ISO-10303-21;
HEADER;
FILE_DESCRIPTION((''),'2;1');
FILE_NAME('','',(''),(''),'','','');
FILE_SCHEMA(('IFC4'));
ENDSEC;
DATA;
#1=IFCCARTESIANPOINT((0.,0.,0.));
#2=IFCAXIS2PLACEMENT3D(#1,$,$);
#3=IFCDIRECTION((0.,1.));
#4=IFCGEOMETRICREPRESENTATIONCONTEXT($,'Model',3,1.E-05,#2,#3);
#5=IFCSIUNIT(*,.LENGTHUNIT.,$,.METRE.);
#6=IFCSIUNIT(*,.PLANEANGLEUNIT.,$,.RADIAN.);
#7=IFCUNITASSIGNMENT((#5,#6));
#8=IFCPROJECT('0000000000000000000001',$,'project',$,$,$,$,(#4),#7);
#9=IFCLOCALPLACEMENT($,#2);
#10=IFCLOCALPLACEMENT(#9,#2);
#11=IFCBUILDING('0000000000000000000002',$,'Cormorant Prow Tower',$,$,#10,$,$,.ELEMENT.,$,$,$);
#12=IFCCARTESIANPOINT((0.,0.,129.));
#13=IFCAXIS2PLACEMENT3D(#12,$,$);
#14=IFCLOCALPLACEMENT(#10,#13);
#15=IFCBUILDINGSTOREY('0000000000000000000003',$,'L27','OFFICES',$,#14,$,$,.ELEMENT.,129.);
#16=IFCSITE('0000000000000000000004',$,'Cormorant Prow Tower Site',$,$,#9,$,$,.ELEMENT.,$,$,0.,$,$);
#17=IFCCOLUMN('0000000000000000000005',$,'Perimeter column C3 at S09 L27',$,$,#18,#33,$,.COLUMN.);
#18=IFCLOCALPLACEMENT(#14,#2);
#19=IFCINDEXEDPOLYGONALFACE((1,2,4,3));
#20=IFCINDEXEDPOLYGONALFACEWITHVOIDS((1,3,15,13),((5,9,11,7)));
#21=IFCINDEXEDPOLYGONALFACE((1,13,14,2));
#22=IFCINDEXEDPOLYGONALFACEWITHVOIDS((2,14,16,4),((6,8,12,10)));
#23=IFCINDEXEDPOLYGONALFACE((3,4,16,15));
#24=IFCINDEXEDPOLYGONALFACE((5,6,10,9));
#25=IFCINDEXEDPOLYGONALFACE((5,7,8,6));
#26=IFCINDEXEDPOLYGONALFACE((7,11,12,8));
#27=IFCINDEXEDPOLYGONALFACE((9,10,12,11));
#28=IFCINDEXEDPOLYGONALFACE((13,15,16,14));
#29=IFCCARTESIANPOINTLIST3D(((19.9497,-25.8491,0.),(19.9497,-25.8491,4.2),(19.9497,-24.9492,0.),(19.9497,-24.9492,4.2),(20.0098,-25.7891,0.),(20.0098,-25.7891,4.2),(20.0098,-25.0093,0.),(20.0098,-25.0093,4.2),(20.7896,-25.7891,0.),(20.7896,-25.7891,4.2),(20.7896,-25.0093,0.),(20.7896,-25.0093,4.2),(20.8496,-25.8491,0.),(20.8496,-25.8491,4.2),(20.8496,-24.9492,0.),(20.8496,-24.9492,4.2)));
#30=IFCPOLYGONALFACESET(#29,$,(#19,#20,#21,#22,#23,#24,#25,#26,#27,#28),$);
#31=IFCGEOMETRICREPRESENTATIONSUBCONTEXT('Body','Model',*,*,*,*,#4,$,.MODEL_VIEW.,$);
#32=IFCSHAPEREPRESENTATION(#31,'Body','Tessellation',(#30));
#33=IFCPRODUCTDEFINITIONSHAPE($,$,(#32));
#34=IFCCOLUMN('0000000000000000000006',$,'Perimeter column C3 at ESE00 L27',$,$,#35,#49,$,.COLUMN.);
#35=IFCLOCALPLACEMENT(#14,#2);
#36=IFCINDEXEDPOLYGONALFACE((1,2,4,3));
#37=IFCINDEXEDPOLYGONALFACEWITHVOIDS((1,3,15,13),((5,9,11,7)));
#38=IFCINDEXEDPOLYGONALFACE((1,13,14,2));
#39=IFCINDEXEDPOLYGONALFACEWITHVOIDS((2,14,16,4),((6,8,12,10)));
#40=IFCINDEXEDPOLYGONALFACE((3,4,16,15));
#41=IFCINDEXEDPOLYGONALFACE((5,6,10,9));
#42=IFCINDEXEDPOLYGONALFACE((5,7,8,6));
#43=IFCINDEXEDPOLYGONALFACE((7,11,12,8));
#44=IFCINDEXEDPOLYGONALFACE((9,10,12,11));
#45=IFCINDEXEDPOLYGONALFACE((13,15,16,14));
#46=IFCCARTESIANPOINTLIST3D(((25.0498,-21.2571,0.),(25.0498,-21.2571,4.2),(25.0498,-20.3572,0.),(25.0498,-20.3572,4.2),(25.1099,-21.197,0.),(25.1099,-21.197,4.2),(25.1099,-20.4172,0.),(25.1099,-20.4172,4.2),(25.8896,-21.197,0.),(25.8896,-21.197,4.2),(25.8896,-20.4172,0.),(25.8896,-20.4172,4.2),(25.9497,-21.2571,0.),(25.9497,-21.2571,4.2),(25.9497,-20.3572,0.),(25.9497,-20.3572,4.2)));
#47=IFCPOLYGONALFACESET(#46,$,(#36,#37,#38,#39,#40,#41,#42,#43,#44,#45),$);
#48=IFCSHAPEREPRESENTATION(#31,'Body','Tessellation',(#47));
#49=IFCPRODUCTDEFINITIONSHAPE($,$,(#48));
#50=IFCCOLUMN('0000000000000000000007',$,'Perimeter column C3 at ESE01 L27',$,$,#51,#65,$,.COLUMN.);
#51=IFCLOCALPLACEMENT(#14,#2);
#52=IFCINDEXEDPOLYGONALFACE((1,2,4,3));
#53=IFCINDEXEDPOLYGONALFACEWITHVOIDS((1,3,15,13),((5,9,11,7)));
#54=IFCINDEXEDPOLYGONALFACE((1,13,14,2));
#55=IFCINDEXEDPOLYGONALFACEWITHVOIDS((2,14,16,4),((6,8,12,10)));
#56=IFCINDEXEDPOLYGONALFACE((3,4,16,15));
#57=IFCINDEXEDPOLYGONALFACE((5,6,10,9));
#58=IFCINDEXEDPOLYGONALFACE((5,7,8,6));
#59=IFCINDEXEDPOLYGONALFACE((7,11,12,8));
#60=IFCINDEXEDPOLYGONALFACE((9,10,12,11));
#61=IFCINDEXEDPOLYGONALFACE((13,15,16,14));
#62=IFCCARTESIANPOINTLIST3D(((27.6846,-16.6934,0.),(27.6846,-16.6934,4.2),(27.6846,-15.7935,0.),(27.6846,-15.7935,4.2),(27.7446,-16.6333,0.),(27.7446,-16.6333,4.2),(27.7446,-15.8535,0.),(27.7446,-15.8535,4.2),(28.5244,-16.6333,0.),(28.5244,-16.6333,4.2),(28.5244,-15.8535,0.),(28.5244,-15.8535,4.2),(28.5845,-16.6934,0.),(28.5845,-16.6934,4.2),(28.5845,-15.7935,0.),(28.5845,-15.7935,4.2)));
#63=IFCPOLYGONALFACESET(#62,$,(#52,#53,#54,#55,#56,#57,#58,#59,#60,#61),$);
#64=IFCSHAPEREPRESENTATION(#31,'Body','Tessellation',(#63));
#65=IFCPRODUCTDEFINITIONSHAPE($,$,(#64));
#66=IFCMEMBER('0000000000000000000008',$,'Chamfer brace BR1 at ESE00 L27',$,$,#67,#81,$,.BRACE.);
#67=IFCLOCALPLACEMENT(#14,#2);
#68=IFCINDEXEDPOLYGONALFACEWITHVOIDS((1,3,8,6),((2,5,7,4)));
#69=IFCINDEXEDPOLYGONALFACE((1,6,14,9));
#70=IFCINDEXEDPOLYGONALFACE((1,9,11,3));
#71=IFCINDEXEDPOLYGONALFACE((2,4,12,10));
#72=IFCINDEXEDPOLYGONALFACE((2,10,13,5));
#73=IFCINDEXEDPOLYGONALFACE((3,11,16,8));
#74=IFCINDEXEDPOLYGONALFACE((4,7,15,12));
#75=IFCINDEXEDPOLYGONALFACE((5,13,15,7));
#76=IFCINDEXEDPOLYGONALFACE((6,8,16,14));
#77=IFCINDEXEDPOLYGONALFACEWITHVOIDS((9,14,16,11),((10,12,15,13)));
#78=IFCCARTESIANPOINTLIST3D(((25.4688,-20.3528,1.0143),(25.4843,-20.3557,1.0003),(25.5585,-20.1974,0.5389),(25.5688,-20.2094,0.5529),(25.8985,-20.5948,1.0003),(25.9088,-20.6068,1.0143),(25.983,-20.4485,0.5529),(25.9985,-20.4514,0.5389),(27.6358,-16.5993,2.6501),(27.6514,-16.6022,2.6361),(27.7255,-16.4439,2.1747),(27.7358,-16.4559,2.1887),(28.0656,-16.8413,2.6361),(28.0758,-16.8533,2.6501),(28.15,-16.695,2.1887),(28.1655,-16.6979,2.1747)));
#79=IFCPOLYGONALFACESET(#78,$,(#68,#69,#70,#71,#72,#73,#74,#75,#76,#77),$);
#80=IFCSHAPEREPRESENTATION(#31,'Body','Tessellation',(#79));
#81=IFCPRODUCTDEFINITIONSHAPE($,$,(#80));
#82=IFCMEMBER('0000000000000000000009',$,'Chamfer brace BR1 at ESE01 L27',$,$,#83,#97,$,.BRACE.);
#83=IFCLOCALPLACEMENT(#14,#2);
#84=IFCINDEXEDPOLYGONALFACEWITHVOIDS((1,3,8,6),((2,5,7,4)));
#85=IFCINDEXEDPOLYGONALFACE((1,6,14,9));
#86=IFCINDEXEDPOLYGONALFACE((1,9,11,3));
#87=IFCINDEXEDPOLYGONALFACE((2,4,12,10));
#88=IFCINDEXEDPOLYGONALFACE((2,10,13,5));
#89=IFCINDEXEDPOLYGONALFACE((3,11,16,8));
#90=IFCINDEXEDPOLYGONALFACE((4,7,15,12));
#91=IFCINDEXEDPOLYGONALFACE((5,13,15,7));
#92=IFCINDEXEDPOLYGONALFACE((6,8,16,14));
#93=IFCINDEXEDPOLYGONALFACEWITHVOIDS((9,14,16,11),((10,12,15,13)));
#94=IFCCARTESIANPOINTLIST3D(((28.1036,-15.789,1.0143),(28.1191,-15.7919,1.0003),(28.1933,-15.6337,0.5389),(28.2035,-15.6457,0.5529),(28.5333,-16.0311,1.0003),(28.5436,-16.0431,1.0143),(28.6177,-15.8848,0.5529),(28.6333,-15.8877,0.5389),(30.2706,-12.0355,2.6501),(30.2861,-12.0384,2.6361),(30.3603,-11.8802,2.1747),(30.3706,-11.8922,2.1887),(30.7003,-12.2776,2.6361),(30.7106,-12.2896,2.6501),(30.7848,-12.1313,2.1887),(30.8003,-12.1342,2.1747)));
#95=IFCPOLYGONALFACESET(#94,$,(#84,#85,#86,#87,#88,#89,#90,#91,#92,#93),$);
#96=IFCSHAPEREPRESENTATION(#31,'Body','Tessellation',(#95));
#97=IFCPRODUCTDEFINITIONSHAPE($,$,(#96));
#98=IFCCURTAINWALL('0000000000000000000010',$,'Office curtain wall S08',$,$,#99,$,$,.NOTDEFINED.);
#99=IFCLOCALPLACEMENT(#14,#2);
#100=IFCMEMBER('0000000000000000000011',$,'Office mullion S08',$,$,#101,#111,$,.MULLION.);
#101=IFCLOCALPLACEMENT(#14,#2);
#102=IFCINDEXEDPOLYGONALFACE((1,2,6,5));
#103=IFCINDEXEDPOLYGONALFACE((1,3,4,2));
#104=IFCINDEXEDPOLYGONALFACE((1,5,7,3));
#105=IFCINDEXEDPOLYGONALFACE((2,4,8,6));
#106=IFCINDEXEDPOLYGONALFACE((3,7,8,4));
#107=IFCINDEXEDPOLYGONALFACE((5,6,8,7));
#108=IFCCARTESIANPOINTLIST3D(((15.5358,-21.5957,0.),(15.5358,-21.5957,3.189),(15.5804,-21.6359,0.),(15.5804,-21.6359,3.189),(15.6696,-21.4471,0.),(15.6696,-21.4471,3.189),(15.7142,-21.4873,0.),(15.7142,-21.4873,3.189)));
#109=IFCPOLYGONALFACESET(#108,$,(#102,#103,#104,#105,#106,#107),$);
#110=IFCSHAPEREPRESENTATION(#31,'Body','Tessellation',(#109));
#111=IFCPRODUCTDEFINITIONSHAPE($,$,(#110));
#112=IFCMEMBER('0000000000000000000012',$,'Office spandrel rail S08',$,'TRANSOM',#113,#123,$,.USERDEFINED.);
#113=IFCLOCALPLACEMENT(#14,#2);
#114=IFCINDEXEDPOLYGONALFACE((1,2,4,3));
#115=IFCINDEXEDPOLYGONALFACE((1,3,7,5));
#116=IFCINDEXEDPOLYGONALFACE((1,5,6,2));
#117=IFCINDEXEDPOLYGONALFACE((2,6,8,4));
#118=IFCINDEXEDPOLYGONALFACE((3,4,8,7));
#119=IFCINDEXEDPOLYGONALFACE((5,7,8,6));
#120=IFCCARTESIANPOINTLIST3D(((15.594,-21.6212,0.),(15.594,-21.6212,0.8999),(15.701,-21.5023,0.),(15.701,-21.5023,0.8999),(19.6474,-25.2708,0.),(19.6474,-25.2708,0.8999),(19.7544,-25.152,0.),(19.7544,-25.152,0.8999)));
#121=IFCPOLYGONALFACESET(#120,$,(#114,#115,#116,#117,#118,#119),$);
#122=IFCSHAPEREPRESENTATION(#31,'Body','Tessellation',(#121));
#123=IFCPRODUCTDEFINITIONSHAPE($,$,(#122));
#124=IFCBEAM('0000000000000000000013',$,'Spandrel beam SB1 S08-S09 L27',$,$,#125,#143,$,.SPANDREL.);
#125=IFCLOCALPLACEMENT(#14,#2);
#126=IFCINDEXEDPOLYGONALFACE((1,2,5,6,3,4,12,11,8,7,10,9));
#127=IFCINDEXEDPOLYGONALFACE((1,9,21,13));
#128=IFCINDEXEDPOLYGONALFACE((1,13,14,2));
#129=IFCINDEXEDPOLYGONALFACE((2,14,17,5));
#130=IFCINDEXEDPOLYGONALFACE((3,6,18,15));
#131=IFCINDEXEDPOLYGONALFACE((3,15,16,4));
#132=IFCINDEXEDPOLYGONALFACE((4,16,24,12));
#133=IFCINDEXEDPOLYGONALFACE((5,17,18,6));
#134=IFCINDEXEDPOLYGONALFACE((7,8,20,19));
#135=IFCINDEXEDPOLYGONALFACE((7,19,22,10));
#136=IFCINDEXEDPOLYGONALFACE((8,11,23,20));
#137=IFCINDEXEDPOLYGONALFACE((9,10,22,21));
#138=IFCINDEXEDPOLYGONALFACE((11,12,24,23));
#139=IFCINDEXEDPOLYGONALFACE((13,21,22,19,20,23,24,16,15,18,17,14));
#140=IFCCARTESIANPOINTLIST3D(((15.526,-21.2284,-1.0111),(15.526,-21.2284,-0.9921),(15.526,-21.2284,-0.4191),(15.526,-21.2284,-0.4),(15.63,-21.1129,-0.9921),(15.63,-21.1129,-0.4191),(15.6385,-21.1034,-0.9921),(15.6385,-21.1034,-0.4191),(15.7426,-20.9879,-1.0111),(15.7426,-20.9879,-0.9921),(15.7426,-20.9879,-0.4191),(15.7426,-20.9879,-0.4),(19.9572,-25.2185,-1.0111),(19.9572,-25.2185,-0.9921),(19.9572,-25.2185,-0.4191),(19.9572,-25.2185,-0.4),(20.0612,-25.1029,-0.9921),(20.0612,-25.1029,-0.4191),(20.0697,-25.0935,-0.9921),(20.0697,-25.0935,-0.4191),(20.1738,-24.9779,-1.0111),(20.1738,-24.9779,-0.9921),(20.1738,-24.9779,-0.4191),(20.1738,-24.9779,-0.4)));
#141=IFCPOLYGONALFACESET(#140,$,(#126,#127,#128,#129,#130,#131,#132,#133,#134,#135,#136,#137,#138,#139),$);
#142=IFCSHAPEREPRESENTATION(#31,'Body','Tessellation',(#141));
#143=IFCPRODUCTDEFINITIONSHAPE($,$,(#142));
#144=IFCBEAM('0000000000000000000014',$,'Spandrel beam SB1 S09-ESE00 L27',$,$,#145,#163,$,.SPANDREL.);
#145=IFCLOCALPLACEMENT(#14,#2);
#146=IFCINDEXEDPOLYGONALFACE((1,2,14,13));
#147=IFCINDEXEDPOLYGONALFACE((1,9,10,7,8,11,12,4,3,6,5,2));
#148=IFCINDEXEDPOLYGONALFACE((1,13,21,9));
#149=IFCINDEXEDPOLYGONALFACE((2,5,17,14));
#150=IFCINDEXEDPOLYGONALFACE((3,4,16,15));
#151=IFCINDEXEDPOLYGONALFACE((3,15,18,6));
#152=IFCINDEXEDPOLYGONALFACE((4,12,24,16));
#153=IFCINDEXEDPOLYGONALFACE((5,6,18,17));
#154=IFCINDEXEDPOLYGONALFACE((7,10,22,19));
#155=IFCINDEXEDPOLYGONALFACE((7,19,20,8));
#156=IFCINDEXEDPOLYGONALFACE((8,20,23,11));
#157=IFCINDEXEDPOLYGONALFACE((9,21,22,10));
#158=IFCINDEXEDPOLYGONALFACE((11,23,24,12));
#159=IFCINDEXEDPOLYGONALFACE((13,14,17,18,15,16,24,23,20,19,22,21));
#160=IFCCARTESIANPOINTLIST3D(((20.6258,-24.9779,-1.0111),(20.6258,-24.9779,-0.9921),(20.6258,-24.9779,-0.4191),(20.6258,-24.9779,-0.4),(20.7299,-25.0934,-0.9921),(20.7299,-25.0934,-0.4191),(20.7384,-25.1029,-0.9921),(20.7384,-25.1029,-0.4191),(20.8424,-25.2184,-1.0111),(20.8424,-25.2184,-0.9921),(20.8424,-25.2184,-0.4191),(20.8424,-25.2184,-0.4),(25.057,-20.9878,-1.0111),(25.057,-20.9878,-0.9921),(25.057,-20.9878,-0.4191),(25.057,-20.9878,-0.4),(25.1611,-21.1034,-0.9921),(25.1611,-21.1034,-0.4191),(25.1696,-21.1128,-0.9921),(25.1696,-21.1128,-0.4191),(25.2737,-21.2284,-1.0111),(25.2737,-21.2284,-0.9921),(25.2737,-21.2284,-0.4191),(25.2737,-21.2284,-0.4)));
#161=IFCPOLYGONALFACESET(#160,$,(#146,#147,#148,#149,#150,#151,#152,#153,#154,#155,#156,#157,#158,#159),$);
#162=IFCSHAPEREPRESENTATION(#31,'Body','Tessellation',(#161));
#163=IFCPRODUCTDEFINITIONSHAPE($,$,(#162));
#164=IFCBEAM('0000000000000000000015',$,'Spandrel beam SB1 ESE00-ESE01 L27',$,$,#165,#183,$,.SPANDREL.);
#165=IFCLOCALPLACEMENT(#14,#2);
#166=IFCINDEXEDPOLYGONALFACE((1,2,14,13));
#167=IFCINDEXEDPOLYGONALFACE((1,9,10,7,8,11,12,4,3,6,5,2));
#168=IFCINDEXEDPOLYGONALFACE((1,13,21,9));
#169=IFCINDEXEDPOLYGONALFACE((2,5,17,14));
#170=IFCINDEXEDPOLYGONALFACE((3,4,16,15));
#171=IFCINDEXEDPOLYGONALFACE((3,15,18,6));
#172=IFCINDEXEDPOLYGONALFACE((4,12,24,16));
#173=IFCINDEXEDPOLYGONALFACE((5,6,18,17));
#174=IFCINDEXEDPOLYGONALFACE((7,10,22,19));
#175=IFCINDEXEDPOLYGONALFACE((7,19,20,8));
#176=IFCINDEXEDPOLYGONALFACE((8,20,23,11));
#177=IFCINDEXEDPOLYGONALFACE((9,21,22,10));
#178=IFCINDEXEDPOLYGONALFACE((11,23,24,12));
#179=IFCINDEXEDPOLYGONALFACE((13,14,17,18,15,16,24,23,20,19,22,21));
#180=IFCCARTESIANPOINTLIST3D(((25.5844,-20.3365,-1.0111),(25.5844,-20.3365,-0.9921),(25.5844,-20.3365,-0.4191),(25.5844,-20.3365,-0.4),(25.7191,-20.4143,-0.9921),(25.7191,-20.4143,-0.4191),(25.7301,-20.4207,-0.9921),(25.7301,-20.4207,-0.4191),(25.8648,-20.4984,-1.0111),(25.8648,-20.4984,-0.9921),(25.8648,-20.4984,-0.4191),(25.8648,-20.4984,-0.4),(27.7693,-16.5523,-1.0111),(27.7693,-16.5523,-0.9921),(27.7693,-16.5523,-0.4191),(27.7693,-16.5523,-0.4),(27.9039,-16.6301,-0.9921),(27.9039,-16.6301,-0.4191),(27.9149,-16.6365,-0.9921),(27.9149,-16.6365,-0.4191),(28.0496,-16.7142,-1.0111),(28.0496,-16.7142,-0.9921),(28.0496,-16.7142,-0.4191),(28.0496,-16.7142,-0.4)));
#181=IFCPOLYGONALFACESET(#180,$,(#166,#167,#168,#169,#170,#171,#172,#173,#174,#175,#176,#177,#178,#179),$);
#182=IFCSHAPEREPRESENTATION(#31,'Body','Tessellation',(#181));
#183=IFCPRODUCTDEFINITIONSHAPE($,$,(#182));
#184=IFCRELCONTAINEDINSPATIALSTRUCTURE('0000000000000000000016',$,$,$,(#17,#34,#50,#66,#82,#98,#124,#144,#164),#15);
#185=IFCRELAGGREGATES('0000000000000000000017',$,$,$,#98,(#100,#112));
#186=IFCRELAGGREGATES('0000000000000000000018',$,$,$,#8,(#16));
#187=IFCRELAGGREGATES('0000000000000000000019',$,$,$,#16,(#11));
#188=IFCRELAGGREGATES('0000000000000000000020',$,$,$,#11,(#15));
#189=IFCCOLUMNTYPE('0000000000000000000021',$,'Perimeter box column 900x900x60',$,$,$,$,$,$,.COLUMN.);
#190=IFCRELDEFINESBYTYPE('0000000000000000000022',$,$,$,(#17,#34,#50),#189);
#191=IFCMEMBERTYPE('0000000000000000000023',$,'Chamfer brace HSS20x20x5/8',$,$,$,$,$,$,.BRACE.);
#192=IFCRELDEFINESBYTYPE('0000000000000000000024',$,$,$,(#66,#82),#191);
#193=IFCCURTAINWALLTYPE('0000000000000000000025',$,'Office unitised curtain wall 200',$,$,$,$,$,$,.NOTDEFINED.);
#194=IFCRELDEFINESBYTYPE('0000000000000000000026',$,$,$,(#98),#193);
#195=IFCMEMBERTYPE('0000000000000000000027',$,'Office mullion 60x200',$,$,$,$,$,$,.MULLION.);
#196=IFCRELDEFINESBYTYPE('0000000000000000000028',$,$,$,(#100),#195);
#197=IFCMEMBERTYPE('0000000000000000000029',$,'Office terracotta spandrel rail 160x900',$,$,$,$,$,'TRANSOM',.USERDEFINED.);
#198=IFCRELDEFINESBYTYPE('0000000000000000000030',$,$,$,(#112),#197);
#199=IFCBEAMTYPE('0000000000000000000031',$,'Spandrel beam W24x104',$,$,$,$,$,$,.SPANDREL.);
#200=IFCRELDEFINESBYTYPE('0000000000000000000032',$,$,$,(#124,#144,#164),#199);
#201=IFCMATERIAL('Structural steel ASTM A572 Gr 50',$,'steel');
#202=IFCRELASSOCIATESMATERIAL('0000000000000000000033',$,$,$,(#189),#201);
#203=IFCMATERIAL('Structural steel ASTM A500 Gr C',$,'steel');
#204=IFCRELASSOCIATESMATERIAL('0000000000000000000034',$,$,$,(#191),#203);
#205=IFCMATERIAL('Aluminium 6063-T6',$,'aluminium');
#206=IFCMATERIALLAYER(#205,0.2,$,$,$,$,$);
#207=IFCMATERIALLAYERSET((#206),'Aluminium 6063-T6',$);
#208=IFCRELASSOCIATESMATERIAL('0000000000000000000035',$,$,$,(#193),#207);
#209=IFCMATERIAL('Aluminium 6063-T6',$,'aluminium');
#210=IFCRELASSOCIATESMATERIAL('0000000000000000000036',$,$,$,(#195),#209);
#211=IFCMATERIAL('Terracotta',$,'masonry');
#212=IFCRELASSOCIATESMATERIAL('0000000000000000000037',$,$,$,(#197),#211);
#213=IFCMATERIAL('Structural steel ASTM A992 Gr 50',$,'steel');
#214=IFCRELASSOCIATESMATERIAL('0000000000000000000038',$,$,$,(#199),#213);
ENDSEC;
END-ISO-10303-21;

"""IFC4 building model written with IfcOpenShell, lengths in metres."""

from ifc_helpers import new_model, si_unit, direction, frame, origin, origin_2d, place, context, subcontext, project, spatial, rectangle, hollow_rectangle, i_section, extrude, material, layer, layer_set, material_profile, profile_set, type_object, element, aggregate, save


model = new_model("IFC4")

# Units and contexts
model_context = context("Model", 3, precision=1e-05, world=origin(), true_north=direction((0.0, 1.0)))
body_context = subcontext(model_context, "Body", "Model", "MODEL_VIEW")
ifc_project = project(units=[si_unit("LENGTHUNIT", "METRE"), si_unit("PLANEANGLEUNIT", "RADIAN")], contexts=[model_context])

# Site, building, storey
site_placement = place(None, origin())
site = spatial("IfcSite", under=ifc_project, at=site_placement, Name="Cormorant Prow Tower Site", CompositionType="ELEMENT", RefElevation=0.0)
building_placement = place(site_placement, origin())
building = spatial("IfcBuilding", under=site, at=building_placement, Name="Cormorant Prow Tower", CompositionType="ELEMENT")
storey_placement = place(building_placement, frame((0.0, 0.0, 129.0)))
storey = spatial("IfcBuildingStorey", under=building, at=storey_placement, Name="L27", Description="OFFICES", CompositionType="ELEMENT", Elevation=129.0)

# Columns
ifc_material_1 = material(Name="Structural steel ASTM A572 Gr 50", Category="steel")
ifc_material_profile_1 = material_profile(ifc_material_1, hollow_rectangle(XDim=0.8999, YDim=0.8999, WallThickness=0.0601, at=origin_2d()), Name="Box 900x900x60")
ifc_profile_set_1 = profile_set([ifc_material_profile_1], Name="Structural steel ASTM A572 Gr 50")
column_type = type_object("IfcColumnType", Name="Perimeter box column 900x900x60", PredefinedType="COLUMN", material=ifc_profile_set_1)
for number, where, z_axis, x_axis, name in (
    (1, (20.3997, -25.3992, 0.0), (0.0, 0.0, 1.0), (1.0, 0.0, 0.0), "Perimeter column C3 at S09 L27"),
    (2, (25.4998, -20.8071, 0.0), (0.0, 0.0, 1.0), (1.0, 0.0, 0.0), "Perimeter column C3 at ESE00 L27"),
    (3, (28.1345, -16.2434, 0.0), (0.0, 0.0, 1.0), (1.0, 0.0, 0.0), "Perimeter column C3 at ESE01 L27"),
):
    element("IfcColumn", number, at=place(storey_placement, frame(where, z_axis=z_axis, x_axis=x_axis)), inside=storey, type_object=column_type, Name=name, PredefinedType="COLUMN", context=body_context, shape_type="SweptSolid", body=[
        extrude(hollow_rectangle(XDim=0.8999, YDim=0.8999, WallThickness=0.0601, at=origin_2d()), origin(), (0.0, 0.0, 1.0), 4.2),
    ])

# Members
ifc_material_2 = material(Name="Structural steel ASTM A500 Gr C", Category="steel")
ifc_material_profile_2 = material_profile(ifc_material_2, hollow_rectangle(XDim=0.5081, YDim=0.5081, WallThickness=0.0149, at=origin_2d()), Name="HSS20x20x5/8")
ifc_profile_set_2 = profile_set([ifc_material_profile_2], Name="Structural steel ASTM A500 Gr C")
member_type_1 = type_object("IfcMemberType", Name="Chamfer brace HSS20x20x5/8", PredefinedType="BRACE", material=ifc_profile_set_2)
for number, where, z_axis, x_axis, name in (
    (4, (25.7336, -20.4021, 0.7766), (0.467785, 0.810244, 0.353105), (-0.86603, 0.499992, 0.0), "Chamfer brace BR1 at ESE00 L27"),
    (5, (28.3684, -15.8384, 0.7766), (0.467785, 0.810244, 0.353105), (-0.86603, 0.499992, 0.0), "Chamfer brace BR1 at ESE01 L27"),
):
    element("IfcMember", number, at=place(storey_placement, frame(where, z_axis=z_axis, x_axis=x_axis)), inside=storey, type_object=member_type_1, Name=name, PredefinedType="BRACE", context=body_context, shape_type="SweptSolid", body=[
        extrude(hollow_rectangle(XDim=0.5081, YDim=0.5081, WallThickness=0.0149, at=origin_2d()), origin(), (0.0, 0.0, 1.0), 4.6326),
    ])

# Curtain wall, members
ifc_material_3 = material(Name="Aluminium 6063-T6", Category="aluminium")
ifc_layer_1 = layer(ifc_material_3, 0.2)
ifc_layer_set_1 = layer_set([ifc_layer_1], Name="Aluminium 6063-T6")
curtain_wall_type = type_object("IfcCurtainWallType", Name="Office unitised curtain wall 200", PredefinedType="NOTDEFINED", material=ifc_layer_set_1)
curtain_wall_placement = place(storey_placement, origin())
curtain_wall = element("IfcCurtainWall", 6, at=curtain_wall_placement, inside=storey, type_object=curtain_wall_type, Name="Office curtain wall S08", PredefinedType="NOTDEFINED")
ifc_material_4 = material(Name="Aluminium 6063-T6", Category="aluminium")
ifc_material_profile_3 = material_profile(ifc_material_4, rectangle(XDim=0.2, YDim=0.0601, at=origin_2d()), Name="Office mullion 60x200")
ifc_profile_set_3 = profile_set([ifc_material_profile_3], Name="Aluminium 6063-T6")
member_type_2 = type_object("IfcMemberType", Name="Office mullion 60x200", PredefinedType="MULLION", material=ifc_profile_set_3)
member_1_placement = place(storey_placement, frame((15.625, -21.5415, 0.0), z_axis=(0.0, 0.0, 1.0), x_axis=(0.669131, 0.743145, 0.0)))
member_1 = element("IfcMember", 7, at=member_1_placement, type_object=member_type_2, Name="Office mullion S08", PredefinedType="MULLION", context=body_context, shape_type="SweptSolid", body=[
    extrude(rectangle(XDim=0.2, YDim=0.0601, at=origin_2d()), origin(), (0.0, 0.0, 1.0), 3.189),
])
ifc_material_5 = material(Name="Terracotta", Category="masonry")
ifc_material_profile_4 = material_profile(ifc_material_5, rectangle(XDim=0.1599, YDim=0.8999, at=origin_2d()), Name="Office terracotta spandrel rail 160x900")
ifc_profile_set_4 = profile_set([ifc_material_profile_4], Name="Terracotta")
member_type_3 = type_object("IfcMemberType", Name="Office terracotta spandrel rail 160x900", ElementType="TRANSOM", PredefinedType="USERDEFINED", material=ifc_profile_set_4)
member_2_placement = place(storey_placement, frame((15.6475, -21.5618, 0.45), z_axis=(0.743154, -0.669121, 0.0), x_axis=(0.669121, 0.743154, 0.0)))
member_2 = element("IfcMember", 8, at=member_2_placement, type_object=member_type_3, Name="Office spandrel rail S08", ObjectType="TRANSOM", PredefinedType="USERDEFINED", context=body_context, shape_type="SweptSolid", body=[
    extrude(rectangle(XDim=0.1599, YDim=0.8999, at=origin_2d()), origin(), (0.0, 0.0, 1.0), 5.4543),
])

# Beams
ifc_material_6 = material(Name="Structural steel ASTM A992 Gr 50", Category="steel")
ifc_material_profile_5 = material_profile(ifc_material_6, i_section(OverallWidth=0.3237, OverallDepth=0.6111, WebThickness=0.0127, FlangeThickness=0.019, at=origin_2d()), Name="W24x104")
ifc_profile_set_5 = profile_set([ifc_material_profile_5], Name="Structural steel ASTM A992 Gr 50")
beam_type = type_object("IfcBeamType", Name="Spandrel beam W24x104", PredefinedType="SPANDREL", material=ifc_profile_set_5)
for number, where, z_axis, x_axis, name in (
    (9, (15.6343, -21.1082, -0.7056), (0.743131, -0.669146, 0.0), (0.669146, 0.743131, 0.0), "Spandrel beam SB1 S08-S09 L27"),
    (10, (20.7341, -25.0981, -0.7056), (0.743131, 0.669146, 0.0), (-0.669146, 0.743131, 0.0), "Spandrel beam SB1 S09-ESE00 L27"),
):
    element("IfcBeam", number, at=place(storey_placement, frame(where, z_axis=z_axis, x_axis=x_axis)), inside=storey, type_object=beam_type, Name=name, PredefinedType="SPANDREL", context=body_context, shape_type="SweptSolid", body=[
        extrude(i_section(OverallWidth=0.3237, OverallDepth=0.6111, WebThickness=0.0127, FlangeThickness=0.019, at=origin_2d()), origin(), (0.0, 0.0, 1.0), 5.9629),
    ])
for number, where, z_axis, x_axis, name in (
    (11, (25.7246, -20.4175, -0.7056), (0.500003, 0.866024, 0.0), (-0.866024, 0.500003, 0.0), "Spandrel beam SB1 ESE00-ESE01 L27"),
):
    element("IfcBeam", number, at=place(storey_placement, frame(where, z_axis=z_axis, x_axis=x_axis)), inside=storey, type_object=beam_type, Name=name, PredefinedType="SPANDREL", context=body_context, shape_type="SweptSolid", body=[
        extrude(i_section(OverallWidth=0.3237, OverallDepth=0.6111, WebThickness=0.0127, FlangeThickness=0.019, at=origin_2d()), origin(), (0.0, 0.0, 1.0), 4.3696),
    ])

aggregate(curtain_wall, [member_1, member_2])

save(model, "model.ifc")
